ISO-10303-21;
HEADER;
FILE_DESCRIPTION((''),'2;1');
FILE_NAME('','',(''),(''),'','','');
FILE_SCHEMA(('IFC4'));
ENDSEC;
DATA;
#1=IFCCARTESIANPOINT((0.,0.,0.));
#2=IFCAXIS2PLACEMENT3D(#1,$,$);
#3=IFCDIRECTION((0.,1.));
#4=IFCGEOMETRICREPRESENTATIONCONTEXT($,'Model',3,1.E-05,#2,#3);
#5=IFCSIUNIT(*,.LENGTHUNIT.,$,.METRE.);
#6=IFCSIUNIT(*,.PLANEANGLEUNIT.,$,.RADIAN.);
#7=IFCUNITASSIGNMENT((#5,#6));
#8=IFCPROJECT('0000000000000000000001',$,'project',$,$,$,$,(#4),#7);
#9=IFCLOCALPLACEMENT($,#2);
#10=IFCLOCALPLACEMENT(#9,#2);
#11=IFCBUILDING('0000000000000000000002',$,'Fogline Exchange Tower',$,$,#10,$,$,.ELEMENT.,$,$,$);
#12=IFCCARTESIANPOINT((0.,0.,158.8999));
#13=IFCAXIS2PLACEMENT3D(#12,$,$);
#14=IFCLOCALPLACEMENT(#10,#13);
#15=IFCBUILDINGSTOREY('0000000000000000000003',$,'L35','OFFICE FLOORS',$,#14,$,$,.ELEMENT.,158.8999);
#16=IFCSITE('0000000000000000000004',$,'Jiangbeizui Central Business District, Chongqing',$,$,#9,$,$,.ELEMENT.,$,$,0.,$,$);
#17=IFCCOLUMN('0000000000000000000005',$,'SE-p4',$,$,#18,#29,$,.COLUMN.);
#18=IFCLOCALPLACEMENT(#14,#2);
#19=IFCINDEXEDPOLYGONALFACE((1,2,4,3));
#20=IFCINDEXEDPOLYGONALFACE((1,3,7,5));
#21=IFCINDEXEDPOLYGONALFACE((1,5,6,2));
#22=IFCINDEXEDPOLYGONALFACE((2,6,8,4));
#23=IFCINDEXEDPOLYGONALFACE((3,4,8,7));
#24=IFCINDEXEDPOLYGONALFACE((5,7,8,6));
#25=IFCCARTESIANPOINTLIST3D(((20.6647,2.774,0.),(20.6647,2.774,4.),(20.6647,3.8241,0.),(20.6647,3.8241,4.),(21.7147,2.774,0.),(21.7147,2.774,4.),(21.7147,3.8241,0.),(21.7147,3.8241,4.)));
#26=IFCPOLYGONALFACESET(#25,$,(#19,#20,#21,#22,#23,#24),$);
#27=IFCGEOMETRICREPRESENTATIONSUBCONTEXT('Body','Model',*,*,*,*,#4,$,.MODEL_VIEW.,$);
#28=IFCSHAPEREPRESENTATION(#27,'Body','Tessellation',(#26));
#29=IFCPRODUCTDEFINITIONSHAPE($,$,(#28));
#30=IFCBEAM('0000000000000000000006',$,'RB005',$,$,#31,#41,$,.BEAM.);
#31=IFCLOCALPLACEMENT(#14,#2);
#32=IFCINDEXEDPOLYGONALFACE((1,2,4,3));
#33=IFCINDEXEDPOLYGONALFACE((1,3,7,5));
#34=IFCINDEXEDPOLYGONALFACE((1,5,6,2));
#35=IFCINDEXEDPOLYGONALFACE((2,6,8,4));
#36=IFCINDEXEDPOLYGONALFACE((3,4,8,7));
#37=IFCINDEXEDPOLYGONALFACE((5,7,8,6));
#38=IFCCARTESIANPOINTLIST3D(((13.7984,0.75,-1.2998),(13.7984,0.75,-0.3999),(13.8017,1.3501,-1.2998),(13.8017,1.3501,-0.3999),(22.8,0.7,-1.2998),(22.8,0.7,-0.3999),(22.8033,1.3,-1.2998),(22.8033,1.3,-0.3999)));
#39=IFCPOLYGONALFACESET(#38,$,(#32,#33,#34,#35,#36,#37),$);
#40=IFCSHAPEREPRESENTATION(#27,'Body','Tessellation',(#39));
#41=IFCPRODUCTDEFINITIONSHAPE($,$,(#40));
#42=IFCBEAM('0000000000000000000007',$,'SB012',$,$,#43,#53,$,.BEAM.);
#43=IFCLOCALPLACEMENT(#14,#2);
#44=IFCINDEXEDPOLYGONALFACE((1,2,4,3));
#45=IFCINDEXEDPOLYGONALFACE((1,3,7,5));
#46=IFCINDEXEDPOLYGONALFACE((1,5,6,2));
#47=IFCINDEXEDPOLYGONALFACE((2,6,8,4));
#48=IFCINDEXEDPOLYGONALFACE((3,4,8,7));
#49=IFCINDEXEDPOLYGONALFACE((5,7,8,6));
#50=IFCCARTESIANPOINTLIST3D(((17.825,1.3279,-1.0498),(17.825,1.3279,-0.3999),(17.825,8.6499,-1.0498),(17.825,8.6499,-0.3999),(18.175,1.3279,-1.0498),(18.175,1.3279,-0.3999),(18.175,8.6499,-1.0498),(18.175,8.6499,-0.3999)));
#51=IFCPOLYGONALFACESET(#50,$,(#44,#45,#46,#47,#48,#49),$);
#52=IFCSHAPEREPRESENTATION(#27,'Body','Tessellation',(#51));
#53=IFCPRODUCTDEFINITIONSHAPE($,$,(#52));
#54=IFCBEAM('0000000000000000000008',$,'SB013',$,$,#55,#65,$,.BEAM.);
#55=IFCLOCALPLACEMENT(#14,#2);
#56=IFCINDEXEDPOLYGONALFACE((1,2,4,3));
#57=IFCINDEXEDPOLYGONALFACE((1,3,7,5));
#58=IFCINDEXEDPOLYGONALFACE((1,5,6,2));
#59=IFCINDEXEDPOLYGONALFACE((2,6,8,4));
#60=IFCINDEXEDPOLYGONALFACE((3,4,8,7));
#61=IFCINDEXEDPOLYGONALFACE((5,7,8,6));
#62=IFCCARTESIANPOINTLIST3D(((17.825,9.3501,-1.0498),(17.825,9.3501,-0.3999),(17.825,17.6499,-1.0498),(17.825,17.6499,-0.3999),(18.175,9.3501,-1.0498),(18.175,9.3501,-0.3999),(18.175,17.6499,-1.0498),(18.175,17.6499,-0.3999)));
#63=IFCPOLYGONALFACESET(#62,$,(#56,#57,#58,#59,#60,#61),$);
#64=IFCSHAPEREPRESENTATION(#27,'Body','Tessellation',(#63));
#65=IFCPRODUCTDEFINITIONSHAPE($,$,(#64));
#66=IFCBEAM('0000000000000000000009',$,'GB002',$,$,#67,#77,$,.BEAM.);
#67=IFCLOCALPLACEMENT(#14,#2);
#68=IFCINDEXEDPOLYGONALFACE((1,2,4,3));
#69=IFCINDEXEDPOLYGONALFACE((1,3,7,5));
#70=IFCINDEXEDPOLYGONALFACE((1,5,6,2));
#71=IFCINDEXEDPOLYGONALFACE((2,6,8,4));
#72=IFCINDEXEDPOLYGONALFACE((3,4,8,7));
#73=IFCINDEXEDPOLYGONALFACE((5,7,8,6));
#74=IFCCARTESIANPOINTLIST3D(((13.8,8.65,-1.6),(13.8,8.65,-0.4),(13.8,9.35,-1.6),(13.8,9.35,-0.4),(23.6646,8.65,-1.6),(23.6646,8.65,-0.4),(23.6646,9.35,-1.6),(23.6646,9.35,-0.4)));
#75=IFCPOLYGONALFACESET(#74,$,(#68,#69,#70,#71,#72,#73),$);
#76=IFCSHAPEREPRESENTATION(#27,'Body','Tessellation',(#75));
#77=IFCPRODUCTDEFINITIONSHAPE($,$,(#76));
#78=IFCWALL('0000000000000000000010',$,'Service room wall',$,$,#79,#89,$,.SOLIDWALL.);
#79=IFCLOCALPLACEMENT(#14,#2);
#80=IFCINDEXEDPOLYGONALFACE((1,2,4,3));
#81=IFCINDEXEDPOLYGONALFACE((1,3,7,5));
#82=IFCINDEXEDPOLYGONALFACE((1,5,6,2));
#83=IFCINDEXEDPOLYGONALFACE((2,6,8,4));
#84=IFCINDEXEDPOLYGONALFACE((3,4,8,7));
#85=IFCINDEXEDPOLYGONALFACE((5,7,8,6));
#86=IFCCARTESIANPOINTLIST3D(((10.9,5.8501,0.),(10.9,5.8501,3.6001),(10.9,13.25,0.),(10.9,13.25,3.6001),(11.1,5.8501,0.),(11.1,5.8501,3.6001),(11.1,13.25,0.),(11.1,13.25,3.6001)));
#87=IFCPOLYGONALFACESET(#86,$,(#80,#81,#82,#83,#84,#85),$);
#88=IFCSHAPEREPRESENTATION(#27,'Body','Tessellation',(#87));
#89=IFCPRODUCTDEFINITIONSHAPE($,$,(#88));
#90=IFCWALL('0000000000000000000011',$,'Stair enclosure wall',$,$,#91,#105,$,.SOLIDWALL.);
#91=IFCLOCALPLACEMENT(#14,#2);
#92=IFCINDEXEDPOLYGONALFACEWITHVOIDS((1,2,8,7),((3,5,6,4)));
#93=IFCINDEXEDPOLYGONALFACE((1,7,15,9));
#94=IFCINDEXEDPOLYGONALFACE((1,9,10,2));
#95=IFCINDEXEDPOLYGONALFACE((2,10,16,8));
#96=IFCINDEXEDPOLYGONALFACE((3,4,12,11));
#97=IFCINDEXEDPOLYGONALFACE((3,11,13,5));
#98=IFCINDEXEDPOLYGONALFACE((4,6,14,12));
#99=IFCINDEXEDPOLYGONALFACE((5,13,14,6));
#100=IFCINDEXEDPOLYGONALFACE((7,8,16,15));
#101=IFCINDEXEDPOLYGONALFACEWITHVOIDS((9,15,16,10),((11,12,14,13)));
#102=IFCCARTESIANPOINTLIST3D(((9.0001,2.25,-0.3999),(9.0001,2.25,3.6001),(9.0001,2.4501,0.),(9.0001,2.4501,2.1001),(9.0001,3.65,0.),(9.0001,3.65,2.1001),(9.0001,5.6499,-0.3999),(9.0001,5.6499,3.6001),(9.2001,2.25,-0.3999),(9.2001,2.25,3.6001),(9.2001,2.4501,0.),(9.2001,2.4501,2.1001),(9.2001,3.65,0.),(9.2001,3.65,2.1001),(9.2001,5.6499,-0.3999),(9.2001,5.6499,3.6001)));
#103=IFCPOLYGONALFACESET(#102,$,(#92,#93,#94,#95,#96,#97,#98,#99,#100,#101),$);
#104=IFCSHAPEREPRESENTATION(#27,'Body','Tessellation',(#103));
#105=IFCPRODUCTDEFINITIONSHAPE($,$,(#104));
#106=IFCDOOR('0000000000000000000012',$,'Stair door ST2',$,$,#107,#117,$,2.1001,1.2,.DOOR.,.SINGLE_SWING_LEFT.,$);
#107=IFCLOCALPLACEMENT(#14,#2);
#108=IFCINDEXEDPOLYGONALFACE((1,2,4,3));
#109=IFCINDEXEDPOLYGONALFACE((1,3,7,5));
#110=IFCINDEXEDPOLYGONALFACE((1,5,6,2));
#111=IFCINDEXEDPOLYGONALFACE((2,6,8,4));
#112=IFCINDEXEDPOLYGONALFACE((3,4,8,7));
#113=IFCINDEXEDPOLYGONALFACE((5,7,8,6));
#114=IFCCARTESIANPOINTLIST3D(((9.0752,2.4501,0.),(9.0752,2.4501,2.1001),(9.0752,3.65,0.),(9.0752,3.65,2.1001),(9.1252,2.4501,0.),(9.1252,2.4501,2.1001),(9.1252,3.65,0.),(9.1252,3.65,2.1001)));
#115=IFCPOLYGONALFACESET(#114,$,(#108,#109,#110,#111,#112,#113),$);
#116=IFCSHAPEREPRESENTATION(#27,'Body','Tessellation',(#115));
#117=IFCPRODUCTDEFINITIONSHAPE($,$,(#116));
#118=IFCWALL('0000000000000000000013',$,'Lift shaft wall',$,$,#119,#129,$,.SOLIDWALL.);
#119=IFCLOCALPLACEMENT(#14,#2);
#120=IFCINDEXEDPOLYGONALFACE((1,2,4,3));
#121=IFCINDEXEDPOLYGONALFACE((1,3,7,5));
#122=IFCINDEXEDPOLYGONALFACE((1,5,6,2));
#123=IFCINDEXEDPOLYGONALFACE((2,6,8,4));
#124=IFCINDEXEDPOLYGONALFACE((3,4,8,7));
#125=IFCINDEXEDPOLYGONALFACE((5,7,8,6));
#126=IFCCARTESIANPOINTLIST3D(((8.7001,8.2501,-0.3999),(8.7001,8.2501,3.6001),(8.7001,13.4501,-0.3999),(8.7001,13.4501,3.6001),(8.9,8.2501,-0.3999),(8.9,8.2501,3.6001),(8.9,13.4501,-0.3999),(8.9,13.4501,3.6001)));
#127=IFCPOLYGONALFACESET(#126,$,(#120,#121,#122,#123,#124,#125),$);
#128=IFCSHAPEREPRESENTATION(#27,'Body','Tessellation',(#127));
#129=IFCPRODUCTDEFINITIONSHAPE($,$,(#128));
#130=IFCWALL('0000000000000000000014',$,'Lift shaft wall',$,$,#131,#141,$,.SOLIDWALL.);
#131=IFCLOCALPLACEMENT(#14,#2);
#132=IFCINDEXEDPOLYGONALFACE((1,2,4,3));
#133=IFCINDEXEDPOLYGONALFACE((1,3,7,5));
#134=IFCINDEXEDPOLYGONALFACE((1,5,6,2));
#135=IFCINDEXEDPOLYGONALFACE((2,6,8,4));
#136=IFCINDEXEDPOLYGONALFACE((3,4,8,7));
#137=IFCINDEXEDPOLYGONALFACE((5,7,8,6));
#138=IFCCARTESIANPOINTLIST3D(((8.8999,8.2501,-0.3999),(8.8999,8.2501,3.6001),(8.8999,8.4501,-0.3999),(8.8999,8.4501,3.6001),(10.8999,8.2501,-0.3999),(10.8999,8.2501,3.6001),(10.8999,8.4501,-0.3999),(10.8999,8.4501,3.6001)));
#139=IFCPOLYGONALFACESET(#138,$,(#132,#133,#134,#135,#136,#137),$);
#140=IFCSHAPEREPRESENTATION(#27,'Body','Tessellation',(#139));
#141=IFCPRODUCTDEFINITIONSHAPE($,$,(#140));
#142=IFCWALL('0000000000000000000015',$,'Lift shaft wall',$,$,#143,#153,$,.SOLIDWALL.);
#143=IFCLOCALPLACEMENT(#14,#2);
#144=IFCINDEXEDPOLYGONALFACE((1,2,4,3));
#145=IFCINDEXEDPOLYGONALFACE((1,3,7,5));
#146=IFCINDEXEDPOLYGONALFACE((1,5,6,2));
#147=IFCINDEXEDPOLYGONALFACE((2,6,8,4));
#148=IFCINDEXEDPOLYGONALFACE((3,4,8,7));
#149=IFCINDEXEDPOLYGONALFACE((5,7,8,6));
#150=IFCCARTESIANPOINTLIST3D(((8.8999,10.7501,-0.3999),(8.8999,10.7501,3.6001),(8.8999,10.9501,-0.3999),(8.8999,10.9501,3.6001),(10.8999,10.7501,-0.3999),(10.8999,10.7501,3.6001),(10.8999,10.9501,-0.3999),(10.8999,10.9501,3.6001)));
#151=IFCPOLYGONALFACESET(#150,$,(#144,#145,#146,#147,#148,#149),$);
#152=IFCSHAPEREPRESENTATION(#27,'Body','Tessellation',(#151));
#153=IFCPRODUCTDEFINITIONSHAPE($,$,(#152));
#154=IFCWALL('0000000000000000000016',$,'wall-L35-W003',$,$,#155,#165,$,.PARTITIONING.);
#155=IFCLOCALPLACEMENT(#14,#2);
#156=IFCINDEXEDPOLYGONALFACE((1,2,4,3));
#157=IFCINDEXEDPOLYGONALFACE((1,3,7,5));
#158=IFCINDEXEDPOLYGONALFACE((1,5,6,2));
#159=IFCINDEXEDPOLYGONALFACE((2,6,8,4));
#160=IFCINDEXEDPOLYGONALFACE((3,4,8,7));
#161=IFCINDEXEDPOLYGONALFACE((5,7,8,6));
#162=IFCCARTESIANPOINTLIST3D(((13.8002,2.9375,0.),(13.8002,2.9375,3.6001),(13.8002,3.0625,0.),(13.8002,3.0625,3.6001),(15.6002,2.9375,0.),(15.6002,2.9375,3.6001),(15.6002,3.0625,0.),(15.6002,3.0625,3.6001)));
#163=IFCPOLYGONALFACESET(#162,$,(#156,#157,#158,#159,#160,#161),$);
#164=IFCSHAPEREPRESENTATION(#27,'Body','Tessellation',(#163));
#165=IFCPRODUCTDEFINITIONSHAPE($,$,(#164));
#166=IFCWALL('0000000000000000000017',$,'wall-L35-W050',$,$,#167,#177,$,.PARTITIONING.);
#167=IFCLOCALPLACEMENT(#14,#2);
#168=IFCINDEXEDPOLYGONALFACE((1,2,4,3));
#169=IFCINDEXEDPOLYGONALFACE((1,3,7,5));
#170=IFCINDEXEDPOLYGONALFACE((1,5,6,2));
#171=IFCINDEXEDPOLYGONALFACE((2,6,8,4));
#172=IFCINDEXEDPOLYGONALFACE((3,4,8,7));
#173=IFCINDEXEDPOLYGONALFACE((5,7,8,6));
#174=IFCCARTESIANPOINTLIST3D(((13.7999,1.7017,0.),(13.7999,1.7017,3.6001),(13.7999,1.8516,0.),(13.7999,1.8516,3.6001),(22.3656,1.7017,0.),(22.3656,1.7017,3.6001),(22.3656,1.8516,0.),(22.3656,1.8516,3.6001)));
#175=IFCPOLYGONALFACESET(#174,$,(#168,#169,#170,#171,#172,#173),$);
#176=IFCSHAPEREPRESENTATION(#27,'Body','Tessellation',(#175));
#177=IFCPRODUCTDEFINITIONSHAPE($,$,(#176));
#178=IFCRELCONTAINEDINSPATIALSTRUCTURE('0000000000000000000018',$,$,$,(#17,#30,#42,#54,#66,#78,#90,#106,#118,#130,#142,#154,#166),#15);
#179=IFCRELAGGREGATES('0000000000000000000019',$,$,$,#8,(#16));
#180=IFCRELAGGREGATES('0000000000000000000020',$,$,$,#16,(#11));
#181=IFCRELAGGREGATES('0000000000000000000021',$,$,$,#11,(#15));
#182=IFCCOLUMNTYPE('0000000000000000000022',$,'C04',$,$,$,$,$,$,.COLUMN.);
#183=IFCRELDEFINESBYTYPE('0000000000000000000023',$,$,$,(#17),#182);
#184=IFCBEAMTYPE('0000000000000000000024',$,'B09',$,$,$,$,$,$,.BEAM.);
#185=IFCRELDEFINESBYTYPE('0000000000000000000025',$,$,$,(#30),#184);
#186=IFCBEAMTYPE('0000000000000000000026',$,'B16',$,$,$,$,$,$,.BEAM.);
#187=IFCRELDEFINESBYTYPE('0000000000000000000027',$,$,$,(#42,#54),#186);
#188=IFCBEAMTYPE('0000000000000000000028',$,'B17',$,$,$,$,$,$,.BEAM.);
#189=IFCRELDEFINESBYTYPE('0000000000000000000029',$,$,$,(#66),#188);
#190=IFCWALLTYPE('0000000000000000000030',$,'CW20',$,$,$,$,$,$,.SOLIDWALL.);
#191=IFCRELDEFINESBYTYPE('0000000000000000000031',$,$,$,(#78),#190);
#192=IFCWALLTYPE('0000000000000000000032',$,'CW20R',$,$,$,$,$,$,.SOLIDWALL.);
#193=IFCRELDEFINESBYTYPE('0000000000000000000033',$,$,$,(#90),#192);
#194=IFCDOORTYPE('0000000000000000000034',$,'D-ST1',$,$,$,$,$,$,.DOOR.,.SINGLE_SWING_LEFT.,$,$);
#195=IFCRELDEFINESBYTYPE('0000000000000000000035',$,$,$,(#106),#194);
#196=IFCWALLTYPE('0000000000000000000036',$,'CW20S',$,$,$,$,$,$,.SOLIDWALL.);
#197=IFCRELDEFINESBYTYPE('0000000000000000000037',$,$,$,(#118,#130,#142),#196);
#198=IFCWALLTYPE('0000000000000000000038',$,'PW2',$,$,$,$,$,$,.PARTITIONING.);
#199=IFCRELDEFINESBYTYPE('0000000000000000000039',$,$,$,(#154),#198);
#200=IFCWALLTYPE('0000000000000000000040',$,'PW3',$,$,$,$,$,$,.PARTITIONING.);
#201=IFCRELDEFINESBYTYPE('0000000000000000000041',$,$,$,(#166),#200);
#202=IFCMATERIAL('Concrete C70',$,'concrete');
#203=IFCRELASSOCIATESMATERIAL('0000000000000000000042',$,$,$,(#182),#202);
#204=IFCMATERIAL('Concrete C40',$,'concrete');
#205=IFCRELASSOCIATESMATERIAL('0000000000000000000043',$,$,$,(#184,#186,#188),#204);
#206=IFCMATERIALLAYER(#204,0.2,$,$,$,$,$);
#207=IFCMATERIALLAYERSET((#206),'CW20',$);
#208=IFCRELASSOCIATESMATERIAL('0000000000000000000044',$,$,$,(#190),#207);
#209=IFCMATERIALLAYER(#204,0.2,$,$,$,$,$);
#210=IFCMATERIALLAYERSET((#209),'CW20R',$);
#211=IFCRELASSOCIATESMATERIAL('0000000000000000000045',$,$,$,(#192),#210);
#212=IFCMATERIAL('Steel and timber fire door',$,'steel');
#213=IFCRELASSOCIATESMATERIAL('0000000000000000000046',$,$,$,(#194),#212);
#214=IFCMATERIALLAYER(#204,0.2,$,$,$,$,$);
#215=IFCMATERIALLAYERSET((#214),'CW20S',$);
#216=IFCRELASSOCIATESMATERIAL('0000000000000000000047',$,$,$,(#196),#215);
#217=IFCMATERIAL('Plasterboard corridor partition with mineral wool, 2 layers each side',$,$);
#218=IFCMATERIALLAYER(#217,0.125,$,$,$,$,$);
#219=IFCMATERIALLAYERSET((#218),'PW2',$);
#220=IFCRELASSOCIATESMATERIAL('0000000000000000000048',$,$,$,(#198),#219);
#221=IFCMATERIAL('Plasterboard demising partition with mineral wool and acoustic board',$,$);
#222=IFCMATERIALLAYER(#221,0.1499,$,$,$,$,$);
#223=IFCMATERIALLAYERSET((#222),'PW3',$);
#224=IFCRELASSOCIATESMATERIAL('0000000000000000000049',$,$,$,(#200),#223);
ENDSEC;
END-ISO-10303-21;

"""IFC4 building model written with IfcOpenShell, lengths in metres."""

from ifc_helpers import new_model, si_unit, direction, frame, frame_2d, origin, origin_2d, place, context, subcontext, project, spatial, rectangle, extrude, material, layer, layer_set, material_profile, profile_set, type_object, element, fill, save


model = new_model("IFC4")

# Units and contexts
model_context = context("Model", 3, precision=1e-05, world=origin(), true_north=direction((0.0, 1.0)))
body_context = subcontext(model_context, "Body", "Model", "MODEL_VIEW")
ifc_project = project(units=[si_unit("LENGTHUNIT", "METRE"), si_unit("PLANEANGLEUNIT", "RADIAN")], contexts=[model_context])

# Site, building, storey
site_placement = place(None, origin())
site = spatial("IfcSite", under=ifc_project, at=site_placement, Name="Jiangbeizui Central Business District, Chongqing", CompositionType="ELEMENT", RefElevation=0.0)
building_placement = place(site_placement, origin())
building = spatial("IfcBuilding", under=site, at=building_placement, Name="Fogline Exchange Tower", CompositionType="ELEMENT")
storey_placement = place(building_placement, frame((0.0, 0.0, 158.8999)))
storey = spatial("IfcBuildingStorey", under=building, at=storey_placement, Name="L35", Description="OFFICE FLOORS", CompositionType="ELEMENT", Elevation=158.8999)

# Column
ifc_material_1 = material(Name="Concrete C70", Category="concrete")
ifc_material_profile_1 = material_profile(ifc_material_1, rectangle(XDim=1.05, YDim=1.05, at=origin_2d()), Name="RC 1050x1050")
ifc_profile_set_1 = profile_set([ifc_material_profile_1], Name="Concrete C70")
column_type = type_object("IfcColumnType", Name="C04", PredefinedType="COLUMN", material=ifc_profile_set_1)
column_placement = place(storey_placement, frame((21.1897, 3.2991, 0.0), z_axis=(0.0, 0.0, 1.0), x_axis=(1.0, 0.0, 0.0)))
element("IfcColumn", 1, at=column_placement, inside=storey, type_object=column_type, Name="SE-p4", PredefinedType="COLUMN", context=body_context, shape_type="SweptSolid", body=[
    extrude(rectangle(XDim=1.05, YDim=1.05, at=origin_2d()), origin(), (0.0, 0.0, 1.0), 4.0),
])

# Beams
ifc_material_2 = material(Name="Concrete C40", Category="concrete")
ifc_material_profile_2 = material_profile(ifc_material_2, rectangle(XDim=0.6001, YDim=0.8999, at=origin_2d()), Name="RC 600x900")
ifc_profile_set_2 = profile_set([ifc_material_profile_2], Name="Concrete C40")
beam_type_1 = type_object("IfcBeamType", Name="B09", PredefinedType="BEAM", material=ifc_profile_set_2)
beam_1_placement = place(storey_placement, frame((13.8, 1.05, -0.8499), z_axis=(0.999985, -0.00556, 0.0), x_axis=(0.00556, 0.999985, 0.0)))
element("IfcBeam", 2, at=beam_1_placement, inside=storey, type_object=beam_type_1, Name="RB005", PredefinedType="BEAM", context=body_context, shape_type="SweptSolid", body=[
    extrude(rectangle(XDim=0.6001, YDim=0.8999, at=origin_2d()), origin(), (0.0, 0.0, 1.0), 9.0017),
])
ifc_material_profile_3 = material_profile(ifc_material_2, rectangle(XDim=0.3501, YDim=0.6499, at=origin_2d()), Name="RC 350x650")
ifc_profile_set_3 = profile_set([ifc_material_profile_3], Name="Concrete C40")
beam_type_2 = type_object("IfcBeamType", Name="B16", PredefinedType="BEAM", material=ifc_profile_set_3)
beam_2_placement = place(storey_placement, frame((18.0, 1.3279, -0.7249), z_axis=(0.0, 1.0, 0.0), x_axis=(-1.0, 0.0, 0.0)))
element("IfcBeam", 3, at=beam_2_placement, inside=storey, type_object=beam_type_2, Name="SB012", PredefinedType="BEAM", context=body_context, shape_type="SweptSolid", body=[
    extrude(rectangle(XDim=0.3501, YDim=0.6499, at=origin_2d()), origin(), (0.0, 0.0, 1.0), 7.322),
])
beam_3_placement = place(storey_placement, frame((18.0, 9.3501, -0.7249), z_axis=(0.0, 1.0, 0.0), x_axis=(-1.0, 0.0, 0.0)))
element("IfcBeam", 4, at=beam_3_placement, inside=storey, type_object=beam_type_2, Name="SB013", PredefinedType="BEAM", context=body_context, shape_type="SweptSolid", body=[
    extrude(rectangle(XDim=0.3501, YDim=0.6499, at=origin_2d()), origin(), (0.0, 0.0, 1.0), 8.2998),
])
ifc_material_profile_4 = material_profile(ifc_material_2, rectangle(XDim=0.7, YDim=1.2, at=origin_2d()), Name="RC 700x1200")
ifc_profile_set_4 = profile_set([ifc_material_profile_4], Name="Concrete C40")
beam_type_3 = type_object("IfcBeamType", Name="B17", PredefinedType="BEAM", material=ifc_profile_set_4)
beam_4_placement = place(storey_placement, frame((13.8, 9.0, -1.0), z_axis=(1.0, 0.0, 0.0), x_axis=(0.0, 1.0, 0.0)))
element("IfcBeam", 5, at=beam_4_placement, inside=storey, type_object=beam_type_3, Name="GB002", PredefinedType="BEAM", context=body_context, shape_type="SweptSolid", body=[
    extrude(rectangle(XDim=0.7, YDim=1.2, at=origin_2d()), origin(), (0.0, 0.0, 1.0), 9.8645),
])

# Wall
ifc_layer_1 = layer(ifc_material_2, 0.2)
ifc_layer_set_1 = layer_set([ifc_layer_1], Name="CW20")
wall_type_1 = type_object("IfcWallType", Name="CW20", PredefinedType="SOLIDWALL", material=ifc_layer_set_1)
wall_1_placement = place(storey_placement, frame((11.0, 5.8501, 0.0), z_axis=(0.0, 0.0, 1.0), x_axis=(0.0, 1.0, 0.0)))
element("IfcWall", 6, at=wall_1_placement, inside=storey, type_object=wall_type_1, Name="Service room wall", PredefinedType="SOLIDWALL", context=body_context, shape_type="SweptSolid", body=[
    extrude(rectangle(XDim=7.3999, YDim=0.2, at=frame_2d((3.7, 0.0))), origin(), (0.0, 0.0, 1.0), 3.6001),
])

# Wall, opening, door
ifc_layer_2 = layer(ifc_material_2, 0.2)
ifc_layer_set_2 = layer_set([ifc_layer_2], Name="CW20R")
wall_type_2 = type_object("IfcWallType", Name="CW20R", PredefinedType="SOLIDWALL", material=ifc_layer_set_2)
wall_2_placement = place(storey_placement, frame((9.1001, 2.25, -0.3999), z_axis=(0.0, 0.0, 1.0), x_axis=(0.0, 1.0, 0.0)))
wall_2 = element("IfcWall", 7, at=wall_2_placement, inside=storey, type_object=wall_type_2, Name="Stair enclosure wall", PredefinedType="SOLIDWALL", context=body_context, shape_type="SweptSolid", body=[
    extrude(rectangle(XDim=3.3999, YDim=0.2, at=frame_2d((1.7, 0.0))), origin(), (0.0, 0.0, 1.0), 4.0),
])
opening_1_placement = place(wall_2_placement, frame((0.2, 0.0, 0.3999)))
opening_1 = element("IfcOpeningElement", 8, at=opening_1_placement, cuts=wall_2, PredefinedType="OPENING", context=body_context, shape_type="SweptSolid", body=[
    extrude(rectangle(XDim=1.2, YDim=2.1001, at=frame_2d((0.6001, 1.05))), frame((0.0, 0.1099, 0.0), z_axis=(0.0, -1.0, 0.0), x_axis=(1.0, 0.0, 0.0)), (0.0, 0.0, 1.0), 0.22),
])
ifc_material_3 = material(Name="Steel and timber fire door", Category="steel")
door_type_1 = type_object("IfcDoorType", Name="D-ST1", OperationType="SINGLE_SWING_LEFT", PredefinedType="DOOR", material=ifc_material_3)
door_1_placement = place(opening_1_placement, origin())
door_1 = element("IfcDoor", 9, at=door_1_placement, inside=storey, type_object=door_type_1, Name="Stair door ST2", OperationType="SINGLE_SWING_LEFT", OverallHeight=2.1001, OverallWidth=1.2, PredefinedType="DOOR", context=body_context, shape_type="SweptSolid", body=[
    extrude(rectangle(XDim=1.2, YDim=2.1001, at=frame_2d((0.6001, 1.05))), frame((0.0, 0.0249, 0.0), z_axis=(0.0, -1.0, 0.0), x_axis=(1.0, 0.0, 0.0)), (0.0, 0.0, 1.0), 0.05),
])
fill(opening_1, door_1)

# Walls
ifc_layer_3 = layer(ifc_material_2, 0.2)
ifc_layer_set_3 = layer_set([ifc_layer_3], Name="CW20S")
wall_type_3 = type_object("IfcWallType", Name="CW20S", PredefinedType="SOLIDWALL", material=ifc_layer_set_3)
wall_3_placement = place(storey_placement, frame((8.8, 8.25, -0.3999), z_axis=(0.0, 0.0, 1.0), x_axis=(0.0, 1.0, 0.0)))
element("IfcWall", 10, at=wall_3_placement, inside=storey, type_object=wall_type_3, Name="Lift shaft wall", PredefinedType="SOLIDWALL", context=body_context, shape_type="SweptSolid", body=[
    extrude(rectangle(XDim=5.2, YDim=0.2, at=frame_2d((2.6001, 0.0))), origin(), (0.0, 0.0, 1.0), 4.0),
])
for number, where, z_axis, x_axis, name in (
    (11, (8.8999, 8.3501, -0.3999), (0.0, 0.0, 1.0), (1.0, 0.0, 0.0), "Lift shaft wall"),
    (12, (8.8999, 10.8501, -0.3999), (0.0, 0.0, 1.0), (1.0, 0.0, 0.0), "Lift shaft wall"),
):
    element("IfcWall", number, at=place(storey_placement, frame(where, z_axis=z_axis, x_axis=x_axis)), inside=storey, type_object=wall_type_3, Name=name, PredefinedType="SOLIDWALL", context=body_context, shape_type="SweptSolid", body=[
        extrude(rectangle(XDim=2.0, YDim=0.2, at=frame_2d((1.0, 0.0))), origin(), (0.0, 0.0, 1.0), 4.0),
    ])
ifc_material_4 = material(Name="Plasterboard corridor partition with mineral wool, 2 layers each side")
ifc_layer_4 = layer(ifc_material_4, 0.125)
ifc_layer_set_4 = layer_set([ifc_layer_4], Name="PW2")
wall_type_4 = type_object("IfcWallType", Name="PW2", PredefinedType="PARTITIONING", material=ifc_layer_set_4)
wall_4_placement = place(storey_placement, frame((15.6001, 3.0, 0.0), z_axis=(0.0, 0.0, 1.0), x_axis=(-1.0, 0.0, 0.0)))
element("IfcWall", 13, at=wall_4_placement, inside=storey, type_object=wall_type_4, Name="wall-L35-W003", PredefinedType="PARTITIONING", context=body_context, shape_type="SweptSolid", body=[
    extrude(rectangle(XDim=1.8, YDim=0.125, at=frame_2d((0.8999, 0.0))), origin(), (0.0, 0.0, 1.0), 3.6001),
])
ifc_material_5 = material(Name="Plasterboard demising partition with mineral wool and acoustic board")
ifc_layer_5 = layer(ifc_material_5, 0.1499)
ifc_layer_set_5 = layer_set([ifc_layer_5], Name="PW3")
wall_type_5 = type_object("IfcWallType", Name="PW3", PredefinedType="PARTITIONING", material=ifc_layer_set_5)
wall_5_placement = place(storey_placement, frame((13.8, 1.7766, 0.0), z_axis=(0.0, 0.0, 1.0), x_axis=(1.0, 0.0, 0.0)))
element("IfcWall", 14, at=wall_5_placement, inside=storey, type_object=wall_type_5, Name="wall-L35-W050", PredefinedType="PARTITIONING", context=body_context, shape_type="SweptSolid", body=[
    extrude(rectangle(XDim=8.5657, YDim=0.1499, at=frame_2d((4.2827, 0.0))), origin(), (0.0, 0.0, 1.0), 3.6001),
])

save(model, "model.ifc")
